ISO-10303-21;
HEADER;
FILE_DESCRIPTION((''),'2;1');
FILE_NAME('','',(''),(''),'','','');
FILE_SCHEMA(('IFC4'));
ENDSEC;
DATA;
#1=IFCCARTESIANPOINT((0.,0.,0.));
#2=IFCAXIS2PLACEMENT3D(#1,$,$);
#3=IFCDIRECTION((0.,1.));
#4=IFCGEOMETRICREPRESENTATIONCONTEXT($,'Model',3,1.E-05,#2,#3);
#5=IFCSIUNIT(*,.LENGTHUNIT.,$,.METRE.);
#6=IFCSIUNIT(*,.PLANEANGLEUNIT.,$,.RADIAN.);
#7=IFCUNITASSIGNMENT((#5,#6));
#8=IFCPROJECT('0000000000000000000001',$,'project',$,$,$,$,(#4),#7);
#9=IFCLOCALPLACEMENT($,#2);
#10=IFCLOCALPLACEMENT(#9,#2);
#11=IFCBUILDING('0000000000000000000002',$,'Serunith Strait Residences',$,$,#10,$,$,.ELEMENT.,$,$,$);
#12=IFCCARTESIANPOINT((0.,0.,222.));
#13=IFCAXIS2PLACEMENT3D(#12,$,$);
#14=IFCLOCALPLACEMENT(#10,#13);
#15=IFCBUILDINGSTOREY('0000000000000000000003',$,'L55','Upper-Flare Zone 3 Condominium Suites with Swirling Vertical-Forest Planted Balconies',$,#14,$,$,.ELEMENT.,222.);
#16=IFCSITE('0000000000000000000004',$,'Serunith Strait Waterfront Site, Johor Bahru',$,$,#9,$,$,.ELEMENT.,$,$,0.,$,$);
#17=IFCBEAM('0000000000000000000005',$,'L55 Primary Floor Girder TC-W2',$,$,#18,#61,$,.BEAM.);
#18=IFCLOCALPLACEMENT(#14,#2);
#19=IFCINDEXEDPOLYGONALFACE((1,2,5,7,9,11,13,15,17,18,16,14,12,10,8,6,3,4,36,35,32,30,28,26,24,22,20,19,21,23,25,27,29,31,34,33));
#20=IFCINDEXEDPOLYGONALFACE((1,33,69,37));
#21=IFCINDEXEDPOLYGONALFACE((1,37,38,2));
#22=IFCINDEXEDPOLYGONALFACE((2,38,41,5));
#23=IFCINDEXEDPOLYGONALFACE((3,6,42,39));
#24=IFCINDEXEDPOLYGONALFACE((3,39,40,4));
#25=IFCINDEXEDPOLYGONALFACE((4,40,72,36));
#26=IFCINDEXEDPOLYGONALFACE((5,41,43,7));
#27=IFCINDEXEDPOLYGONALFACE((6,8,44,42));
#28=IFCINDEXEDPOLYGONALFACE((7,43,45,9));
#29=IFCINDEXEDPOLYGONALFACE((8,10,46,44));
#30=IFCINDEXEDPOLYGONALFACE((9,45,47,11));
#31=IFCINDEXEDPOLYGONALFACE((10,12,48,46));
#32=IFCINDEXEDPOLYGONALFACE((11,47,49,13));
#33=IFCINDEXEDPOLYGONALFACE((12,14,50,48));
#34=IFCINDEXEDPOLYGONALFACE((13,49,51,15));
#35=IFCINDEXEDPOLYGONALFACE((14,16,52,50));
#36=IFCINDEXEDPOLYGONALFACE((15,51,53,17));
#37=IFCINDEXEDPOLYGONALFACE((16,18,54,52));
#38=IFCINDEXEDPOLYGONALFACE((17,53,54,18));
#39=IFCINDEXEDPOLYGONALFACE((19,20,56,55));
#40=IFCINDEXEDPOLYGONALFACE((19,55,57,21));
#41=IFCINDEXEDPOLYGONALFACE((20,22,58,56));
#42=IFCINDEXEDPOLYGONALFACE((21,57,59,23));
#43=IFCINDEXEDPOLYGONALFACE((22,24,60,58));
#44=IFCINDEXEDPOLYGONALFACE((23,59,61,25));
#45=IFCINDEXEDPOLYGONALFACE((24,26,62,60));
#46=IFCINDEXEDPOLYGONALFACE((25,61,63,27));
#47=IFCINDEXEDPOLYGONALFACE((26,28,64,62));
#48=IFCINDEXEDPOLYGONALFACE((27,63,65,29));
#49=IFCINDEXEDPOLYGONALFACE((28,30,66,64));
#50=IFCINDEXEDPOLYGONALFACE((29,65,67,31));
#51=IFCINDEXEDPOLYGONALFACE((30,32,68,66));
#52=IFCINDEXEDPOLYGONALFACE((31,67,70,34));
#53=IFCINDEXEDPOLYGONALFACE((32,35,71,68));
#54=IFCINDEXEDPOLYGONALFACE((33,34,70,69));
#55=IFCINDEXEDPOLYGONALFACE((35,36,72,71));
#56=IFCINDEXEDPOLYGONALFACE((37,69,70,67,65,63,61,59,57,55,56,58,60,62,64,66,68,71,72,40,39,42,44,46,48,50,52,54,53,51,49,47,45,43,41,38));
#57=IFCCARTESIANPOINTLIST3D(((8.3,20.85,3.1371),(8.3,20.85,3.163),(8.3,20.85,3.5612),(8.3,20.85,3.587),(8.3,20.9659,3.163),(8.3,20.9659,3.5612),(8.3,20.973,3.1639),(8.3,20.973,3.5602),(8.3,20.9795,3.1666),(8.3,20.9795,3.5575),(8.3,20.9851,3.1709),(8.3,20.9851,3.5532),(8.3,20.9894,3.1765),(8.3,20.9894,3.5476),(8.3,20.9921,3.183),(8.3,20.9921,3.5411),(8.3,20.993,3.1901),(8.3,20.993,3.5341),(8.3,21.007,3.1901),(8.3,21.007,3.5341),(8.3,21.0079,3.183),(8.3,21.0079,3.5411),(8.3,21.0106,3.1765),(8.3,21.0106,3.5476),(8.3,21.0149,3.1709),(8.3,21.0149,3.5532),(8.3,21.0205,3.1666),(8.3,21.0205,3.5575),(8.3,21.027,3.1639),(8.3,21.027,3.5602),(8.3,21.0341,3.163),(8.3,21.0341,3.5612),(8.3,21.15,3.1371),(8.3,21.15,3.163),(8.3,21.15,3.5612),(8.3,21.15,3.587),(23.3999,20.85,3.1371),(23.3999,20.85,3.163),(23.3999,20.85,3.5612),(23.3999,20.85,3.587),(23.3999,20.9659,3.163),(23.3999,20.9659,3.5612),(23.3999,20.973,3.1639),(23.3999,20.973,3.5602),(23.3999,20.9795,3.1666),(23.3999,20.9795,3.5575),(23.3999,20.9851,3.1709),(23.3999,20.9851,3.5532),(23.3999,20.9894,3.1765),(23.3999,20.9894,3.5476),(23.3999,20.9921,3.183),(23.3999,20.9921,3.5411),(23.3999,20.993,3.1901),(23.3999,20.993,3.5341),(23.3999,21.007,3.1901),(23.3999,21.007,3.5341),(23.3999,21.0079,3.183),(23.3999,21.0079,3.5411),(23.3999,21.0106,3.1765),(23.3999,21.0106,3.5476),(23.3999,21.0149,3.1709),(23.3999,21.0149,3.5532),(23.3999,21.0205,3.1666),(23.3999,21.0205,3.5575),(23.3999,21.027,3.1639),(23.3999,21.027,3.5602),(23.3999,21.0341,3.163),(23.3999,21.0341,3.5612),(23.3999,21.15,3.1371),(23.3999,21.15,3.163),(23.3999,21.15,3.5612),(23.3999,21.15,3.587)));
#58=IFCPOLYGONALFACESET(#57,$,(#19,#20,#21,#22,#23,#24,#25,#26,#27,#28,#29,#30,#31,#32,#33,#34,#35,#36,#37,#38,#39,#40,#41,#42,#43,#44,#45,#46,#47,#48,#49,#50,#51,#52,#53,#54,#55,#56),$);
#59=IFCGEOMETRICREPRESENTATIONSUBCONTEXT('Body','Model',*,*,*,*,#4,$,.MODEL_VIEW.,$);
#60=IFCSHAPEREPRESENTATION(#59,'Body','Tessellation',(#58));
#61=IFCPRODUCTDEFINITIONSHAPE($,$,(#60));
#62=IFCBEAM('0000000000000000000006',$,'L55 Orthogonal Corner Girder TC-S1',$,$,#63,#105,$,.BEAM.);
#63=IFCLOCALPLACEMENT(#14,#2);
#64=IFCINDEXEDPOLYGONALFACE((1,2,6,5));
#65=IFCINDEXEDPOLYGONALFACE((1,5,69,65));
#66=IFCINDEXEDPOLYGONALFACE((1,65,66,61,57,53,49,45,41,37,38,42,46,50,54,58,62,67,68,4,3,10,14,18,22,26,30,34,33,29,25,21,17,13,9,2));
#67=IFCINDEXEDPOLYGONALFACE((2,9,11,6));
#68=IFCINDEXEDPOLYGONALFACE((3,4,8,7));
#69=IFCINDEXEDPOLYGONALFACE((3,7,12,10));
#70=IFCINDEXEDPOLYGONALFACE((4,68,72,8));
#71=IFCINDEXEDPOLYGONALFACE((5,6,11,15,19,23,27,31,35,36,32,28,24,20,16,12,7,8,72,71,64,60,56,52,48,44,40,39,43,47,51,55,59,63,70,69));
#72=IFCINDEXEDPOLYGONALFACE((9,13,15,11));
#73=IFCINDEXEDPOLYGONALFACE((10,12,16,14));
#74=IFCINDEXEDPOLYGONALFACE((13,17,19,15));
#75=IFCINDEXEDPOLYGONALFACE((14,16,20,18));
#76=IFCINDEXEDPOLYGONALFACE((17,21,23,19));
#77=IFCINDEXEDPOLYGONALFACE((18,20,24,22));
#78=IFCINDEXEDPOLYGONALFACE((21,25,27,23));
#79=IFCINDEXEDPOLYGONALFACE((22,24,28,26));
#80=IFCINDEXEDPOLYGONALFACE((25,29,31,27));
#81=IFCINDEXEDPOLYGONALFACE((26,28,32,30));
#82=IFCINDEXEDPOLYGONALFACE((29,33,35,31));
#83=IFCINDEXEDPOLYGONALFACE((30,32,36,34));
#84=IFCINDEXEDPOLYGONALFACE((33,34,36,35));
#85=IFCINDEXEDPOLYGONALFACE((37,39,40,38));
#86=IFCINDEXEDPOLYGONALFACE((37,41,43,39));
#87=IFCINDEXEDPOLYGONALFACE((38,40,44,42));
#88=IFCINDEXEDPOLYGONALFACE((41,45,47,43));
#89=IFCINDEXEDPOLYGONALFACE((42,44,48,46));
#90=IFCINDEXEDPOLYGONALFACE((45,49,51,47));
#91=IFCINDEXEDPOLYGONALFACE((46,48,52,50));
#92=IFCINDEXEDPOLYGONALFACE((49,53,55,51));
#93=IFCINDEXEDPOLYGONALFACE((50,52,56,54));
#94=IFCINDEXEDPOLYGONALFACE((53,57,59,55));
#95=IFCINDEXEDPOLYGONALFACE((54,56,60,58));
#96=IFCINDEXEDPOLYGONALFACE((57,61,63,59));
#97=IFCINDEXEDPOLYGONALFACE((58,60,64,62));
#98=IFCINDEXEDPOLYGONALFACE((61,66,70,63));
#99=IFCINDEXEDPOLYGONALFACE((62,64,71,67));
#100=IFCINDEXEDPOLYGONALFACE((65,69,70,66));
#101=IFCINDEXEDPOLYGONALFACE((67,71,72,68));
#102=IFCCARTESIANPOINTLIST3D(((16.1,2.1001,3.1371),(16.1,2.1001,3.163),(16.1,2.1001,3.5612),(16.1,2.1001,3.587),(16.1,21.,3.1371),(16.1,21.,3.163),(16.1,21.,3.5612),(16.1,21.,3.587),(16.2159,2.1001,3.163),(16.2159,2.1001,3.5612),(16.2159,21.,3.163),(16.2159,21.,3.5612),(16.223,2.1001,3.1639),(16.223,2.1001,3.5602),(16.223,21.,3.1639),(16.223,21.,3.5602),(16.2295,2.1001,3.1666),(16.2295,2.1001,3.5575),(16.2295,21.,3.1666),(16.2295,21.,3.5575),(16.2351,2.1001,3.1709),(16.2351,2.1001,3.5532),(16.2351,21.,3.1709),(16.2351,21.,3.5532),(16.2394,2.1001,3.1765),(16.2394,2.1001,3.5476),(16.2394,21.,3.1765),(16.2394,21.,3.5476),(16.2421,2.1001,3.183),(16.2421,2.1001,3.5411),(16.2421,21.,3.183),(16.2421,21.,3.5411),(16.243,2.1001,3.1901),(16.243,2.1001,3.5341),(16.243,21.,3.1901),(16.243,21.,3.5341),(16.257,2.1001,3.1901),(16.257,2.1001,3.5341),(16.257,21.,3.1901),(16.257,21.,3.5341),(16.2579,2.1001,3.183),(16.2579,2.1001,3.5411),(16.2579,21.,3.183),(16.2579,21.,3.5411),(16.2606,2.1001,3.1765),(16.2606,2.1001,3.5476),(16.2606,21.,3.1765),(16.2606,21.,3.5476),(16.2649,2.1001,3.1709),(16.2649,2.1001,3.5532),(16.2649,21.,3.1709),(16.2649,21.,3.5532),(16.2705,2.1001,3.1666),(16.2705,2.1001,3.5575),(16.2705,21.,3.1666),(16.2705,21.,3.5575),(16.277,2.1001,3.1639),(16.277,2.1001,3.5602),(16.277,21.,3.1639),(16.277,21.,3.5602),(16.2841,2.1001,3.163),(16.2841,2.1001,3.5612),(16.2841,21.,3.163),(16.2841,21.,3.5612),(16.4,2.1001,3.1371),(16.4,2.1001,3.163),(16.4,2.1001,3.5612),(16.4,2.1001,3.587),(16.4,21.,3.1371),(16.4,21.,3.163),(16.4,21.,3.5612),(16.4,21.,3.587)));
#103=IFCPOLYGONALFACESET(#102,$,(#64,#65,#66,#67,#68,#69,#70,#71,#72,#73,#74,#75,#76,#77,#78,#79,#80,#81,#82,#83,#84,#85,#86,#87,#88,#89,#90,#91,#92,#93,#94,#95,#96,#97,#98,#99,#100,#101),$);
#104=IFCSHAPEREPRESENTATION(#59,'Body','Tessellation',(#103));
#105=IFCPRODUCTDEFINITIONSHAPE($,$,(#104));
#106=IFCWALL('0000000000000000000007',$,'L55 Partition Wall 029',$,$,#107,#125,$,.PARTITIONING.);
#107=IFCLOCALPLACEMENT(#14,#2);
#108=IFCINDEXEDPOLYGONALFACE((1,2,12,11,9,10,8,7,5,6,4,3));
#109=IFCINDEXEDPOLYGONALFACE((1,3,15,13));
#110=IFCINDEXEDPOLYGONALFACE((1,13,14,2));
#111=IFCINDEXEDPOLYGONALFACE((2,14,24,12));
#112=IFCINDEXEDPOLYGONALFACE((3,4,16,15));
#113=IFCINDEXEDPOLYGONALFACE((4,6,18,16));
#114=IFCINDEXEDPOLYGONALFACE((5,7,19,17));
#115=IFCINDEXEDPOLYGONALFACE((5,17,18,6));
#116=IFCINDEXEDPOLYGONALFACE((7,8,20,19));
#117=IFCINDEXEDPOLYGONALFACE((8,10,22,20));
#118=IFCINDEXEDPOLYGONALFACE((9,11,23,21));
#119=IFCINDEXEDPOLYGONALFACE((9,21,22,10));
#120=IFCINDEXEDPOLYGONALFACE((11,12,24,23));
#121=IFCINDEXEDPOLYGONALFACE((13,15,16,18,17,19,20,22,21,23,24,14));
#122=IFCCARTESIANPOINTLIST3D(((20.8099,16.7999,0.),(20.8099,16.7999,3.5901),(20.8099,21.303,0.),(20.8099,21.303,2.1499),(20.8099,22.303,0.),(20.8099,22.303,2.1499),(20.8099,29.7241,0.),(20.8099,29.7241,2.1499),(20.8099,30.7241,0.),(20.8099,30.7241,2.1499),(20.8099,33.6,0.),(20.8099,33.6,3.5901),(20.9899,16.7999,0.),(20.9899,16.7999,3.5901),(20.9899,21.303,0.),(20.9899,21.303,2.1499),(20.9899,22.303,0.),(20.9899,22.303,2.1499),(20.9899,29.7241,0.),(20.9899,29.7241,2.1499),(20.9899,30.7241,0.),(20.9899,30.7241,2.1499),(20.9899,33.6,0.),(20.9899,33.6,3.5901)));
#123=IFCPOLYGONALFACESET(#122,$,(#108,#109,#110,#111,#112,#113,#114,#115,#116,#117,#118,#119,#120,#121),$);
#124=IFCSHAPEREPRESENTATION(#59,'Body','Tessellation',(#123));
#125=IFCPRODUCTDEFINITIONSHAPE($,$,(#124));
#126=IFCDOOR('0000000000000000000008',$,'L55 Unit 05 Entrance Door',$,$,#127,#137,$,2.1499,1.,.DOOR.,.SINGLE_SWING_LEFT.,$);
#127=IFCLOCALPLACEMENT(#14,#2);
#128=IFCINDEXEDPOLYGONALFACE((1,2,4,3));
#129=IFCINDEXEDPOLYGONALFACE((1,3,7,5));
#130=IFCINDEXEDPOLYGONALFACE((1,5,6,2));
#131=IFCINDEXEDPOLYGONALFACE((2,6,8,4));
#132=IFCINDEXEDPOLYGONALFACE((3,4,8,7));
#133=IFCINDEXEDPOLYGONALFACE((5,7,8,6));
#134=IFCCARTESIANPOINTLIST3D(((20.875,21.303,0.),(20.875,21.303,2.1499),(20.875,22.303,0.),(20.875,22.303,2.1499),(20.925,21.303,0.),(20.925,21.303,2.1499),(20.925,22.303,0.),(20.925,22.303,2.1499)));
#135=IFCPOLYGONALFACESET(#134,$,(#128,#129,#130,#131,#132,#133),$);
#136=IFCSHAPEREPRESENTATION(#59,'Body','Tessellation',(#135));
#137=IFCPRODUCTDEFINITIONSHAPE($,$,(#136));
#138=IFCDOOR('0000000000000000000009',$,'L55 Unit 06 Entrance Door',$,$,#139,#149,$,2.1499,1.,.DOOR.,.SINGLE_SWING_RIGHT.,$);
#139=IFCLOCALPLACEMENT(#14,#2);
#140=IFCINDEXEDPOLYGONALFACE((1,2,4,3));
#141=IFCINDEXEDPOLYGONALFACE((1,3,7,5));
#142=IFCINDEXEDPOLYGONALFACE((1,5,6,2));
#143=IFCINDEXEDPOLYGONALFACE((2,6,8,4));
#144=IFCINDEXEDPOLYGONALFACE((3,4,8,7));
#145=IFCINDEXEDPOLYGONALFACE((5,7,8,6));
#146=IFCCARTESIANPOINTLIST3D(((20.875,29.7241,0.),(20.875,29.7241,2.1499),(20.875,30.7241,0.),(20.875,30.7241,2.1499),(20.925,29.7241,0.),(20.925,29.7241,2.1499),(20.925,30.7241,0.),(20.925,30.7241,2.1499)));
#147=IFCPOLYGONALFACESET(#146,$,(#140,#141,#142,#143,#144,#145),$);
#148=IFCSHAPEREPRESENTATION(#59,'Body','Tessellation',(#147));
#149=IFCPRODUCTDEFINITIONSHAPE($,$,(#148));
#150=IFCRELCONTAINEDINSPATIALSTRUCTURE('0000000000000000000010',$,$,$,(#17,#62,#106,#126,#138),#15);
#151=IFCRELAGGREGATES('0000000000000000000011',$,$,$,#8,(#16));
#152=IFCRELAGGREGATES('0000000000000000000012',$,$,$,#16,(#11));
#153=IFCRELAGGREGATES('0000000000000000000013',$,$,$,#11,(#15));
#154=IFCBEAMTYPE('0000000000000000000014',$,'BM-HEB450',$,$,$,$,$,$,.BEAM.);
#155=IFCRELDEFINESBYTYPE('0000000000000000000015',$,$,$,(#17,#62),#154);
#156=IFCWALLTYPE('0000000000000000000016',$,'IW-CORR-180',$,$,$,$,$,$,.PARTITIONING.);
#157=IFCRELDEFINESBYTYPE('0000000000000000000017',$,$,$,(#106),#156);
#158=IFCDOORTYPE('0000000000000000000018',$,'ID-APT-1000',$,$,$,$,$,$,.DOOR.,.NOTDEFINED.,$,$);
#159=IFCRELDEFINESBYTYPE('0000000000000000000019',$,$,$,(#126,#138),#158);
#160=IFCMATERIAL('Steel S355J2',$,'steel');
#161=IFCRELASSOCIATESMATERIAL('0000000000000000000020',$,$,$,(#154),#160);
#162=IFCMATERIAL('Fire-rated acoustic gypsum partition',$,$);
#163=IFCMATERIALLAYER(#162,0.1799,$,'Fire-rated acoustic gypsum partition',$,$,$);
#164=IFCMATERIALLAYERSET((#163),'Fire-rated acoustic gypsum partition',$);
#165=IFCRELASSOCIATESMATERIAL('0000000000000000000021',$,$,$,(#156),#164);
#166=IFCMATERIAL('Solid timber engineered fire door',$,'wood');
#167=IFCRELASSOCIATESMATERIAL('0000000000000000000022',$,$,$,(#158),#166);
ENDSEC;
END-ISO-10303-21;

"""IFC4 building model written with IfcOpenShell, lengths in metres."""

from ifc_helpers import new_model, si_unit, direction, frame, frame_2d, origin, origin_2d, place, context, subcontext, project, spatial, rectangle, i_section, extrude, source, transform, mapped, material, layer, layer_set, material_profile, profile_set, type_object, element, fill, save


model = new_model("IFC4")

# Units and contexts
model_context = context("Model", 3, precision=1e-05, world=origin(), true_north=direction((0.0, 1.0)))
body_context = subcontext(model_context, "Body", "Model", "MODEL_VIEW")
ifc_project = project(units=[si_unit("LENGTHUNIT", "METRE"), si_unit("PLANEANGLEUNIT", "RADIAN")], contexts=[model_context])

# Site, building, storey
site_placement = place(None, origin())
site = spatial("IfcSite", under=ifc_project, at=site_placement, Name="Serunith Strait Waterfront Site, Johor Bahru", CompositionType="ELEMENT", RefElevation=0.0)
building_placement = place(site_placement, origin())
building = spatial("IfcBuilding", under=site, at=building_placement, Name="Serunith Strait Residences", CompositionType="ELEMENT")
storey_placement = place(building_placement, frame((0.0, 0.0, 222.0)))
storey = spatial("IfcBuildingStorey", under=building, at=storey_placement, Name="L55", Description="Upper-Flare Zone 3 Condominium Suites with Swirling Vertical-Forest Planted Balconies", CompositionType="ELEMENT", Elevation=222.0)

# Beams
ifc_material_1 = material(Name="Steel S355J2", Category="steel")
ifc_material_profile = material_profile(ifc_material_1, i_section(OverallWidth=0.3, OverallDepth=0.45, WebThickness=0.0139, FlangeThickness=0.0259, FilletRadius=0.0271, at=origin_2d()), Name="HEB 450")
ifc_profile_set = profile_set([ifc_material_profile], Name="Steel S355J2")
beam_type = type_object("IfcBeamType", Name="BM-HEB450", PredefinedType="BEAM", material=ifc_profile_set)
shared_shape_1 = source(origin(), body_context, "Body", "SweptSolid", [
    extrude(i_section(OverallWidth=0.3, OverallDepth=0.45, WebThickness=0.0139, FlangeThickness=0.0259, FilletRadius=0.0271, at=origin_2d()), origin(), (0.0, 0.0, 1.0), 15.0999),
])
beam_1_placement = place(storey_placement, frame((23.3999, 21.0, 3.3621), z_axis=(-1.0, 0.0, 0.0), x_axis=(0.0, -1.0, 0.0)))
element("IfcBeam", 1, at=beam_1_placement, inside=storey, type_object=beam_type, Name="L55 Primary Floor Girder TC-W2", PredefinedType="BEAM", context=body_context, shape_type="MappedRepresentation", body=[
    mapped(shared_shape_1, transform((0.0, 0.0, 0.0), scale=1.0)),
])
shared_shape_2 = source(origin(), body_context, "Body", "SweptSolid", [
    extrude(i_section(OverallWidth=0.3, OverallDepth=0.45, WebThickness=0.0139, FlangeThickness=0.0259, FilletRadius=0.0271, at=origin_2d()), origin(), (0.0, 0.0, 1.0), 18.8999),
])
beam_2_placement = place(storey_placement, frame((16.25, 21.0, 3.3621), z_axis=(0.0, -1.0, 0.0), x_axis=(1.0, 0.0, 0.0)))
element("IfcBeam", 2, at=beam_2_placement, inside=storey, type_object=beam_type, Name="L55 Orthogonal Corner Girder TC-S1", PredefinedType="BEAM", context=body_context, shape_type="MappedRepresentation", body=[
    mapped(shared_shape_2, transform((0.0, 0.0, 0.0), scale=1.0)),
])

# Shared definitions
ifc_material_2 = material(Name="Fire-rated acoustic gypsum partition")
ifc_layer_1 = layer(ifc_material_2, 0.1799, Name="Fire-rated acoustic gypsum partition")
ifc_layer_set_1 = layer_set([ifc_layer_1], Name="Fire-rated acoustic gypsum partition")
wall_type_1 = type_object("IfcWallType", Name="IW-CORR-180", PredefinedType="PARTITIONING", material=ifc_layer_set_1)
ifc_material_3 = material(Name="Solid timber engineered fire door", Category="wood")
door_type_1 = type_object("IfcDoorType", Name="ID-APT-1000", OperationType="NOTDEFINED", PredefinedType="DOOR", material=ifc_material_3)
shared_shape_3 = source(origin(), body_context, "Body", "SweptSolid", [
    extrude(rectangle(XDim=1.0, YDim=2.1499, at=frame_2d((0.5, 1.075))), frame((0.0, 0.0249, 0.0), z_axis=(0.0, -1.0, 0.0), x_axis=(1.0, 0.0, 0.0)), (0.0, 0.0, 1.0), 0.05),
])

# Wall, openings, doors
wall_1_placement = place(storey_placement, frame((20.8999, 16.8, 0.0), z_axis=(0.0, 0.0, 1.0), x_axis=(0.0, 1.0, 0.0)))
wall_1 = element("IfcWall", 3, at=wall_1_placement, inside=storey, type_object=wall_type_1, Name="L55 Partition Wall 029", PredefinedType="PARTITIONING", context=body_context, shape_type="SweptSolid", body=[
    extrude(rectangle(XDim=16.8, YDim=0.1799, at=frame_2d((8.3999, 0.0))), origin(), (0.0, 0.0, 1.0), 3.5901),
])
opening_1_placement = place(wall_1_placement, frame((4.5029, 0.0, 0.0)))
opening_1 = element("IfcOpeningElement", 4, at=opening_1_placement, cuts=wall_1, PredefinedType="OPENING", context=body_context, shape_type="SweptSolid", body=[
    extrude(rectangle(XDim=1.0, YDim=2.1499, at=frame_2d((0.5, 1.075))), frame((0.0, 0.1001, 0.0), z_axis=(0.0, -1.0, 0.0), x_axis=(1.0, 0.0, 0.0)), (0.0, 0.0, 1.0), 0.2),
])
opening_2_placement = place(wall_1_placement, frame((12.9241, 0.0, 0.0)))
opening_2 = element("IfcOpeningElement", 5, at=opening_2_placement, cuts=wall_1, PredefinedType="OPENING", context=body_context, shape_type="SweptSolid", body=[
    extrude(rectangle(XDim=1.0, YDim=2.1499, at=frame_2d((0.5, 1.075))), frame((0.0, 0.1001, 0.0), z_axis=(0.0, -1.0, 0.0), x_axis=(1.0, 0.0, 0.0)), (0.0, 0.0, 1.0), 0.2),
])
door_1_placement = place(opening_1_placement, origin())
door_1 = element("IfcDoor", 6, at=door_1_placement, inside=storey, type_object=door_type_1, Name="L55 Unit 05 Entrance Door", OperationType="SINGLE_SWING_LEFT", OverallHeight=2.1499, OverallWidth=1.0, PredefinedType="DOOR", context=body_context, shape_type="MappedRepresentation", body=[
    mapped(shared_shape_3, transform((0.0, 0.0, 0.0), scale=1.0)),
])
fill(opening_1, door_1)
door_2_placement = place(opening_2_placement, origin())
door_2 = element("IfcDoor", 7, at=door_2_placement, inside=storey, type_object=door_type_1, Name="L55 Unit 06 Entrance Door", OperationType="SINGLE_SWING_RIGHT", OverallHeight=2.1499, OverallWidth=1.0, PredefinedType="DOOR", context=body_context, shape_type="MappedRepresentation", body=[
    mapped(shared_shape_3, transform((0.0, 0.0, 0.0), scale=1.0)),
])
fill(opening_2, door_2)

save(model, "model.ifc")
